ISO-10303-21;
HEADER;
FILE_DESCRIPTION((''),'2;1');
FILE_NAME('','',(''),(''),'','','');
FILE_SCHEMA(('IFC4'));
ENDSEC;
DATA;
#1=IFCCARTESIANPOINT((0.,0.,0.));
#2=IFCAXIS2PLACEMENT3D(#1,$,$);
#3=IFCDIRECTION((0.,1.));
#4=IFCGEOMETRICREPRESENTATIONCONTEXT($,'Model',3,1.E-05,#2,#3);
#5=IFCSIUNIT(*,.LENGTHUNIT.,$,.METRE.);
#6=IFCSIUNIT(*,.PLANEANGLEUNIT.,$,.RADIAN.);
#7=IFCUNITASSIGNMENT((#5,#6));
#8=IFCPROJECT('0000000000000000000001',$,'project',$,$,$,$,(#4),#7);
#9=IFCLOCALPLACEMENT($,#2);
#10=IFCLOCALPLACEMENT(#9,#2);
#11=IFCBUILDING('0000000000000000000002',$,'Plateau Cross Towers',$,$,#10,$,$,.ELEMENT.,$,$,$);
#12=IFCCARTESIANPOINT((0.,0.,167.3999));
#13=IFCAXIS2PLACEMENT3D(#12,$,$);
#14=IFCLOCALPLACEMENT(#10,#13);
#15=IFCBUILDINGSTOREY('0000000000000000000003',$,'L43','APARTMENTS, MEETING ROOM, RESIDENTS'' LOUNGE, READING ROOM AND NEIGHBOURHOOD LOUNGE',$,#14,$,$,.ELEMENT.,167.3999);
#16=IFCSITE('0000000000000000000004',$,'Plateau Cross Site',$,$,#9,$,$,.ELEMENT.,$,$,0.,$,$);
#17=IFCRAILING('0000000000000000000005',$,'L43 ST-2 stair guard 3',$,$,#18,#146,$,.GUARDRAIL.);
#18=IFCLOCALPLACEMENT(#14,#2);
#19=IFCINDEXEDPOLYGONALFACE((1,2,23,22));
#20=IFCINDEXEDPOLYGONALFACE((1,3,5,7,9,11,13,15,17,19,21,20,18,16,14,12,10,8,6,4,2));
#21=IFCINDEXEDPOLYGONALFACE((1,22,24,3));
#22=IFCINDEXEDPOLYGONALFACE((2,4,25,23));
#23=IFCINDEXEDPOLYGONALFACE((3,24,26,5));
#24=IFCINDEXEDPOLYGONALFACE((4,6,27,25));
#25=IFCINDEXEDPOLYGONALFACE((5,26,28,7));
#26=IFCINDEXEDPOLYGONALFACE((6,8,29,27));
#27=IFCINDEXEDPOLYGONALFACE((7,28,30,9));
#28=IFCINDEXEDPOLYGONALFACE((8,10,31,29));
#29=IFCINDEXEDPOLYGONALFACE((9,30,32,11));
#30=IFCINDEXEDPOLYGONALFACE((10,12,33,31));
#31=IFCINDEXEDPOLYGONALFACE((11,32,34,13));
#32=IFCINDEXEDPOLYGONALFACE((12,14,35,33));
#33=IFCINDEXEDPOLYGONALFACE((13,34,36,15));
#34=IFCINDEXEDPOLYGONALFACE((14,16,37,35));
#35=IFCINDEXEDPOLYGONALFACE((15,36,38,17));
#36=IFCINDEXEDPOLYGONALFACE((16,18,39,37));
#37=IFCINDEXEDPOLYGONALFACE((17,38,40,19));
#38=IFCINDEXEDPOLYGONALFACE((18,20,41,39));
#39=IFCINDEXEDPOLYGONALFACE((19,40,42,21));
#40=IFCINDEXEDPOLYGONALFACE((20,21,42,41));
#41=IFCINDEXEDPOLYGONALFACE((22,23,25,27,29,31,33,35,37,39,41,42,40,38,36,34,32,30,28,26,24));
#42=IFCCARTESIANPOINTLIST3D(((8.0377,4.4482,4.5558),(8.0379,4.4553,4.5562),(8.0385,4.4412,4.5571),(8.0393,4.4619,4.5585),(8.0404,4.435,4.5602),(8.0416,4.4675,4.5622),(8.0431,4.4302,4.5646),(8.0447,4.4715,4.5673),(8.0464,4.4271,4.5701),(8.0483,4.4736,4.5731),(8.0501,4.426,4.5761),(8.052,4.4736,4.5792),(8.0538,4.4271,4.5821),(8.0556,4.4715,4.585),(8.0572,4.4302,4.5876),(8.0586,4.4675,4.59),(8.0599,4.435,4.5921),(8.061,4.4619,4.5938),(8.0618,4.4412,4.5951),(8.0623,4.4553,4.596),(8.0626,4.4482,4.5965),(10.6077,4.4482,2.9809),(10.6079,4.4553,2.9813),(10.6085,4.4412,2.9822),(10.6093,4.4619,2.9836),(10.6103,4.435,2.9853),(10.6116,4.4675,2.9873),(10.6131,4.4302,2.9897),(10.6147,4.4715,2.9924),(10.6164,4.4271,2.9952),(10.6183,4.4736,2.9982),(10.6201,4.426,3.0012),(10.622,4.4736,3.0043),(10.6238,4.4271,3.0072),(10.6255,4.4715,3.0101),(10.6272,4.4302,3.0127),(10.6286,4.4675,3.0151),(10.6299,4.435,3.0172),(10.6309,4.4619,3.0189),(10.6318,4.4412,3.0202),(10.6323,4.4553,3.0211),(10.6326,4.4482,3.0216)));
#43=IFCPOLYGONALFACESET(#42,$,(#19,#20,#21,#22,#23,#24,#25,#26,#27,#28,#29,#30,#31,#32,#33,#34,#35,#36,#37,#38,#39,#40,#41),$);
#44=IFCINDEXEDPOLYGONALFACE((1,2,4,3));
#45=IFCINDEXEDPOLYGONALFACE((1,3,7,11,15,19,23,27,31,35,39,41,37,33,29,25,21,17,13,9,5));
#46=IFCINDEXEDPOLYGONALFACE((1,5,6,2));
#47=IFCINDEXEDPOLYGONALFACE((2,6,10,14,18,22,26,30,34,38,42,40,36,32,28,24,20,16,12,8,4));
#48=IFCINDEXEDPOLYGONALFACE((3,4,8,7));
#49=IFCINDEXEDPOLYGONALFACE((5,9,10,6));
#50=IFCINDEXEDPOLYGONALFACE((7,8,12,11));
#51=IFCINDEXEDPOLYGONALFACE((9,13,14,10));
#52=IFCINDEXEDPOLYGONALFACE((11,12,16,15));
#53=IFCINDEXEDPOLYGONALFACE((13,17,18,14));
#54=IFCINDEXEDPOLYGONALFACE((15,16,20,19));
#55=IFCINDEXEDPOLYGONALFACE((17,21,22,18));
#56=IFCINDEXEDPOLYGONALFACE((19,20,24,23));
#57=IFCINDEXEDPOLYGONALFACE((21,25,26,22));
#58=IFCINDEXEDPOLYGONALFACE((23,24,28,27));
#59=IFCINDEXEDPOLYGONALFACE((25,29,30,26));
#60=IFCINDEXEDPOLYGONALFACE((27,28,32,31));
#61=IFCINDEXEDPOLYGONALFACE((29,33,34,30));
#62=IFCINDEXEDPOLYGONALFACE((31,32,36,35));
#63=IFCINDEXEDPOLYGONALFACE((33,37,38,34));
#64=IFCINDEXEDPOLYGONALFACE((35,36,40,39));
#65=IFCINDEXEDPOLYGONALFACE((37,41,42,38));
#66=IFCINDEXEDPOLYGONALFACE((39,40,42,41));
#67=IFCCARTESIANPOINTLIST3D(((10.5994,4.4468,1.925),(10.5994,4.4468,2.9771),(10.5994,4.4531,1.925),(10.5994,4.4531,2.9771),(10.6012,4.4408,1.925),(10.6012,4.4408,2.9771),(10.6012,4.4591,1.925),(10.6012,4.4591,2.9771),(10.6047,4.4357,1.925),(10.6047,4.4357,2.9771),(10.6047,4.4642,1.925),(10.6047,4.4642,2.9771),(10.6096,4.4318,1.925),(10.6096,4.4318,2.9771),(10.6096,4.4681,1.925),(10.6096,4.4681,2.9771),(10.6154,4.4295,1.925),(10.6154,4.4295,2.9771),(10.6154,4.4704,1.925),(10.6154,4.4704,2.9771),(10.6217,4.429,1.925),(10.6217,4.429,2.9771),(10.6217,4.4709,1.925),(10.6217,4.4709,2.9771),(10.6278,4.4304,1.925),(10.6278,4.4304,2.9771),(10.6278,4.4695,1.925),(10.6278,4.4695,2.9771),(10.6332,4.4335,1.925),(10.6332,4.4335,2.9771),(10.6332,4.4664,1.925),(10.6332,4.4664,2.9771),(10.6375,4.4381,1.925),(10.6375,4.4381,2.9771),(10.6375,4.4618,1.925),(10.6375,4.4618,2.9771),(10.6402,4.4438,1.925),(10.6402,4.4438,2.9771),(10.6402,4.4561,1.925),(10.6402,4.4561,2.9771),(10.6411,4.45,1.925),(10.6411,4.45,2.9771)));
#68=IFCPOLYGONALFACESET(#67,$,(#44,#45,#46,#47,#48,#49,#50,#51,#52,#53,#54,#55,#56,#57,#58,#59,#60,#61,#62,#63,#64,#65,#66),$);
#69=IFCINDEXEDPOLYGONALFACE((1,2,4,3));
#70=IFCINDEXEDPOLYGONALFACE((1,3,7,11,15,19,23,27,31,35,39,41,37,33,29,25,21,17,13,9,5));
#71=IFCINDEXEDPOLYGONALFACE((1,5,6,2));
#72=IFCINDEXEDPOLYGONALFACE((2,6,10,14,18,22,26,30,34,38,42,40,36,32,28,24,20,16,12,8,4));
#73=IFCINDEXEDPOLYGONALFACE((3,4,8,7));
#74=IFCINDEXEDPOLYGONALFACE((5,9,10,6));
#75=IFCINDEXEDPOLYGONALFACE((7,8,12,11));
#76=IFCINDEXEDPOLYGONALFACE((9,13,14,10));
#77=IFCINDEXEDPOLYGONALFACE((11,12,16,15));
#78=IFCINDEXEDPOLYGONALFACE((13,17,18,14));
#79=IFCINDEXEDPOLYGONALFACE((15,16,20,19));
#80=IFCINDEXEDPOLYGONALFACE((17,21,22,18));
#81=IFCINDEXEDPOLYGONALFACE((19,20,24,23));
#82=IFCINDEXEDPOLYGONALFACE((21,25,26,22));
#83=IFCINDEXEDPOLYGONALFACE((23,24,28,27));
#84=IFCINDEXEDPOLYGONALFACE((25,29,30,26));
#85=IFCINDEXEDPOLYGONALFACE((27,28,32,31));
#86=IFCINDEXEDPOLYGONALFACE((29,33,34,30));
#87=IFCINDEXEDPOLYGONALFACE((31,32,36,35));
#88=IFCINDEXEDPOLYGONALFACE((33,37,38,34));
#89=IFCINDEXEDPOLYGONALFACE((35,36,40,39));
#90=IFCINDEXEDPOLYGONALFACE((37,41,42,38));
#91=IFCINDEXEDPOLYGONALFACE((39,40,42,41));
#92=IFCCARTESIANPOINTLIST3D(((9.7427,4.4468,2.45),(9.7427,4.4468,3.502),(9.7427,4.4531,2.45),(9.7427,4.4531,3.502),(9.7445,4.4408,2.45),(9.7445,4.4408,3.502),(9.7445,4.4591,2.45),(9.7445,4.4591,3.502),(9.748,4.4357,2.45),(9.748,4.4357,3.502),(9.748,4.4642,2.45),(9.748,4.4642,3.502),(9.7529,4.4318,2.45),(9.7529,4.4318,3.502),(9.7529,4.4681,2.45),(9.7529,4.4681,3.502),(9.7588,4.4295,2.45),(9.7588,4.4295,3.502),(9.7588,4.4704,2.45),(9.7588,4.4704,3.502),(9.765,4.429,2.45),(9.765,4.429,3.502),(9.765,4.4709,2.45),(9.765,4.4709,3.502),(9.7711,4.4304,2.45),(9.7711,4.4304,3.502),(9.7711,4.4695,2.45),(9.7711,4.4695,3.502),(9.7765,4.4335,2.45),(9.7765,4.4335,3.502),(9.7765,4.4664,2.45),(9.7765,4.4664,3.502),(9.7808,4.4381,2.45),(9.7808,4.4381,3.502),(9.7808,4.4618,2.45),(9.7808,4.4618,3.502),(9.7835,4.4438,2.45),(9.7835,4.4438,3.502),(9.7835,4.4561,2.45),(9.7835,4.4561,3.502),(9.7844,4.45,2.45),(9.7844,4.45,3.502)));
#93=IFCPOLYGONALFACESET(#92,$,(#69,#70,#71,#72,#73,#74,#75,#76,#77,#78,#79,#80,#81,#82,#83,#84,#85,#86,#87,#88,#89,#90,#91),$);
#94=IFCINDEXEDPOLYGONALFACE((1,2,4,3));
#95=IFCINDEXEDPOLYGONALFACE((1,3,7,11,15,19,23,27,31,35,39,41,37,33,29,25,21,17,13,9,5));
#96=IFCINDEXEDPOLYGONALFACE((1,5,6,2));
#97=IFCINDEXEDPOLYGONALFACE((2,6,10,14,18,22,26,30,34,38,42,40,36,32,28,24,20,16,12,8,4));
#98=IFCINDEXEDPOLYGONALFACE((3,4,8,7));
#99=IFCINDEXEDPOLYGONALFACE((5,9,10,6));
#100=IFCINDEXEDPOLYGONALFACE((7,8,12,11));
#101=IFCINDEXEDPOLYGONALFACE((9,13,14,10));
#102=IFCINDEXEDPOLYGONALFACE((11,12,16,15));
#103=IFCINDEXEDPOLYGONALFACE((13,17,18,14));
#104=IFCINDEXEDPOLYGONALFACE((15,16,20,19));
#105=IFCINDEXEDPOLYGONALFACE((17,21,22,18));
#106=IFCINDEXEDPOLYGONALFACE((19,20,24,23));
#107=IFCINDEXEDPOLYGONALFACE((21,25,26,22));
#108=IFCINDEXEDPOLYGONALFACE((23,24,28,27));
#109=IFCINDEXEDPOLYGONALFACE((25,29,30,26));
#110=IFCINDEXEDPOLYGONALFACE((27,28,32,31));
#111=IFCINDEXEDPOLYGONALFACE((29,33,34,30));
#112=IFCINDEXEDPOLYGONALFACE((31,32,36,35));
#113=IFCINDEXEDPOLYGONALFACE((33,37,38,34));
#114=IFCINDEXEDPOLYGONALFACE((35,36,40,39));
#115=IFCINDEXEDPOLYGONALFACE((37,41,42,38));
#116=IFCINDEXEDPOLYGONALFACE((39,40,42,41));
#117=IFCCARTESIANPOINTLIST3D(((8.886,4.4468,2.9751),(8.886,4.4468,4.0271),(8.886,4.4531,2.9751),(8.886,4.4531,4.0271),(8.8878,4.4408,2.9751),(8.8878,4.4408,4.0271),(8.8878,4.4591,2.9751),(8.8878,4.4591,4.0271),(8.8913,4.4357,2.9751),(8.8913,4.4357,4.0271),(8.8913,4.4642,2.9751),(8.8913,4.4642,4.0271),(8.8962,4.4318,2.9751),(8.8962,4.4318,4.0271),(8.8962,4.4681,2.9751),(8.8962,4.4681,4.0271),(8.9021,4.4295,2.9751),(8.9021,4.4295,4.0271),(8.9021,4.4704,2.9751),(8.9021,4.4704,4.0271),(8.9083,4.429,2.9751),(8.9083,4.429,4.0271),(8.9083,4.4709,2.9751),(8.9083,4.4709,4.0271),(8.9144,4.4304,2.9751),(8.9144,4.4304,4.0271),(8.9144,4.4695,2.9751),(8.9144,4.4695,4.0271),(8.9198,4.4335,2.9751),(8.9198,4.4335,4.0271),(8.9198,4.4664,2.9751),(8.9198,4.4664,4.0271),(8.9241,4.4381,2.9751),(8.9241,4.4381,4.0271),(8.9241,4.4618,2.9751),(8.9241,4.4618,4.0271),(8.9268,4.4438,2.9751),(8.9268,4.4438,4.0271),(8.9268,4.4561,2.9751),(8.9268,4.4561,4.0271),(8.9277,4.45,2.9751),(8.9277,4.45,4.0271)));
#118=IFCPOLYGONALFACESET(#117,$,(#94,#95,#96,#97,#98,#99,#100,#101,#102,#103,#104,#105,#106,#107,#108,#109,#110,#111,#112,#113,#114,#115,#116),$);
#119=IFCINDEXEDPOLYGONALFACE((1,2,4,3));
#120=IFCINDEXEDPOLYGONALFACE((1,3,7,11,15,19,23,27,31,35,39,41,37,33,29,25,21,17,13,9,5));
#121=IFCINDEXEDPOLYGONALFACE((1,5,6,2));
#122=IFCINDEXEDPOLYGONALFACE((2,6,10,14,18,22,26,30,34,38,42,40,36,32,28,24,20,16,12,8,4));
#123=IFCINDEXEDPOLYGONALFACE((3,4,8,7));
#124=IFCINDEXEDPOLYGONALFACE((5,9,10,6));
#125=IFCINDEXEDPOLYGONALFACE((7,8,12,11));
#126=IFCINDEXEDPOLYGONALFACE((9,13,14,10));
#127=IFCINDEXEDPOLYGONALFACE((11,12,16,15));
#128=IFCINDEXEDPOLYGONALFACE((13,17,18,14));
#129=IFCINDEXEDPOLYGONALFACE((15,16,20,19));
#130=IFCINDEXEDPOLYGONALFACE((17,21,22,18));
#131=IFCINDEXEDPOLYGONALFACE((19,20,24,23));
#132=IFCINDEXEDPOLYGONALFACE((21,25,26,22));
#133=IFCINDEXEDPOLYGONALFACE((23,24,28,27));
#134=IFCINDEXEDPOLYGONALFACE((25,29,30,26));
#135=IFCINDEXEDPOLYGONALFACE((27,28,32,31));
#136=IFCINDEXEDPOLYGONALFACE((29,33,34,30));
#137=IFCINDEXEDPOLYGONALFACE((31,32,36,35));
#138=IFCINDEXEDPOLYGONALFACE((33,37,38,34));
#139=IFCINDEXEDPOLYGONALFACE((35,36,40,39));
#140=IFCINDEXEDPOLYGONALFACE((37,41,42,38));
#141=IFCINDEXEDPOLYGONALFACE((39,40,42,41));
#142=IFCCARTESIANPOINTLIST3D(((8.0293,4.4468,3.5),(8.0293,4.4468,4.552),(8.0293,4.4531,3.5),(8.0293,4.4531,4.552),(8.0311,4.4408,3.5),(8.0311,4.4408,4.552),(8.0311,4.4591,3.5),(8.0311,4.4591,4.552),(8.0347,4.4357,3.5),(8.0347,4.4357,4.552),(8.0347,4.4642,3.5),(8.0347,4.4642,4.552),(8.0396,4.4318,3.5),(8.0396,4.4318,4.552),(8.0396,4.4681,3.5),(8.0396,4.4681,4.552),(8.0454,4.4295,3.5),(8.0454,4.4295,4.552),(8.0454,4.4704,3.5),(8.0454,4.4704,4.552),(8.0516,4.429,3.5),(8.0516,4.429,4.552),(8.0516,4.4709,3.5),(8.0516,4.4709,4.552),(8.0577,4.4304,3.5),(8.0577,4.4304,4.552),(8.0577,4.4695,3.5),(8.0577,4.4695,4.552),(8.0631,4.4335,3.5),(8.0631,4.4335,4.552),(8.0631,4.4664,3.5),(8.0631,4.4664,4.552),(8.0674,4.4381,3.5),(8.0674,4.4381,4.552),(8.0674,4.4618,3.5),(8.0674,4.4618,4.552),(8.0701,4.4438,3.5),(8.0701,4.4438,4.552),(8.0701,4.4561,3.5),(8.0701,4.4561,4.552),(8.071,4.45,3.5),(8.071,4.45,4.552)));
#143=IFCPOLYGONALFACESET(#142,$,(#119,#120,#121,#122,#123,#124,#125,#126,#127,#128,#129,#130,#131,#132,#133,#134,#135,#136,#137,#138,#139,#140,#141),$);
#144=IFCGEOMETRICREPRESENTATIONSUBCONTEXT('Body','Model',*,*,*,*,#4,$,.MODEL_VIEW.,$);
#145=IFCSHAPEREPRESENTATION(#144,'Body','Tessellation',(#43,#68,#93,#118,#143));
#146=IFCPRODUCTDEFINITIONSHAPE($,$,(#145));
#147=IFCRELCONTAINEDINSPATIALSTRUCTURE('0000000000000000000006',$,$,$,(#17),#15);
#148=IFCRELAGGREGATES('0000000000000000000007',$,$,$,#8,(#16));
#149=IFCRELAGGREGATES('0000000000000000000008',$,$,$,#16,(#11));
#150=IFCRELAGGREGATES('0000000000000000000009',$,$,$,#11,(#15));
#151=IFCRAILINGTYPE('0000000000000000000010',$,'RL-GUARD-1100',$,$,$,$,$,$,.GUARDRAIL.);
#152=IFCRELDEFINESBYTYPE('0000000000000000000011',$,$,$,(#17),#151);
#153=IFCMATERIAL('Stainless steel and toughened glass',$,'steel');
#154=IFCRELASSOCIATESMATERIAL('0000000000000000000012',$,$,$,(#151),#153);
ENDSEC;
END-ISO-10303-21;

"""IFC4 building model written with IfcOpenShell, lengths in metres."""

from ifc_helpers import new_model, si_unit, direction, frame, origin, origin_2d, place, context, subcontext, project, spatial, circle, extrude, material, type_object, element, save


model = new_model("IFC4")

# Units and contexts
model_context = context("Model", 3, precision=1e-05, world=origin(), true_north=direction((0.0, 1.0)))
body_context = subcontext(model_context, "Body", "Model", "MODEL_VIEW")
ifc_project = project(units=[si_unit("LENGTHUNIT", "METRE"), si_unit("PLANEANGLEUNIT", "RADIAN")], contexts=[model_context])

# Site, building, storey
site_placement = place(None, origin())
site = spatial("IfcSite", under=ifc_project, at=site_placement, Name="Plateau Cross Site", CompositionType="ELEMENT", RefElevation=0.0)
building_placement = place(site_placement, origin())
building = spatial("IfcBuilding", under=site, at=building_placement, Name="Plateau Cross Towers", CompositionType="ELEMENT")
storey_placement = place(building_placement, frame((0.0, 0.0, 167.3999)))
storey = spatial("IfcBuildingStorey", under=building, at=storey_placement, Name="L43", Description="APARTMENTS, MEETING ROOM, RESIDENTS' LOUNGE, READING ROOM AND NEIGHBOURHOOD LOUNGE", CompositionType="ELEMENT", Elevation=167.3999)

# Railing
ifc_material_1 = material(Name="Stainless steel and toughened glass", Category="steel")
railing_type_1 = type_object("IfcRailingType", Name="RL-GUARD-1100", PredefinedType="GUARDRAIL", material=ifc_material_1)
railing_1_placement = place(storey_placement, frame((10.6201, 4.45, 1.925)))
element("IfcRailing", 1, at=railing_1_placement, inside=storey, type_object=railing_type_1, Name="L43 ST-2 stair guard 3", PredefinedType="GUARDRAIL", context=body_context, shape_type="SweptSolid", body=[
    extrude(circle(Radius=0.0239, at=origin_2d()), frame((0.0, 0.0, 1.0762), z_axis=(-0.852639, 0.0, 0.522501), x_axis=(0.0, -1.0, 0.0)), (0.0, 0.0, 1.0), 3.0142),
    extrude(circle(Radius=0.021, at=origin_2d()), origin(), (0.0, 0.0, 1.0), 1.052),
    extrude(circle(Radius=0.021, at=origin_2d()), frame((-0.8567, 0.0, 0.5249)), (0.0, 0.0, 1.0), 1.052),
    extrude(circle(Radius=0.021, at=origin_2d()), frame((-1.7134, 0.0, 1.05)), (0.0, 0.0, 1.0), 1.052),
    extrude(circle(Radius=0.021, at=origin_2d()), frame((-2.5701, 0.0, 1.575)), (0.0, 0.0, 1.0), 1.052),
])

save(model, "model.ifc")
